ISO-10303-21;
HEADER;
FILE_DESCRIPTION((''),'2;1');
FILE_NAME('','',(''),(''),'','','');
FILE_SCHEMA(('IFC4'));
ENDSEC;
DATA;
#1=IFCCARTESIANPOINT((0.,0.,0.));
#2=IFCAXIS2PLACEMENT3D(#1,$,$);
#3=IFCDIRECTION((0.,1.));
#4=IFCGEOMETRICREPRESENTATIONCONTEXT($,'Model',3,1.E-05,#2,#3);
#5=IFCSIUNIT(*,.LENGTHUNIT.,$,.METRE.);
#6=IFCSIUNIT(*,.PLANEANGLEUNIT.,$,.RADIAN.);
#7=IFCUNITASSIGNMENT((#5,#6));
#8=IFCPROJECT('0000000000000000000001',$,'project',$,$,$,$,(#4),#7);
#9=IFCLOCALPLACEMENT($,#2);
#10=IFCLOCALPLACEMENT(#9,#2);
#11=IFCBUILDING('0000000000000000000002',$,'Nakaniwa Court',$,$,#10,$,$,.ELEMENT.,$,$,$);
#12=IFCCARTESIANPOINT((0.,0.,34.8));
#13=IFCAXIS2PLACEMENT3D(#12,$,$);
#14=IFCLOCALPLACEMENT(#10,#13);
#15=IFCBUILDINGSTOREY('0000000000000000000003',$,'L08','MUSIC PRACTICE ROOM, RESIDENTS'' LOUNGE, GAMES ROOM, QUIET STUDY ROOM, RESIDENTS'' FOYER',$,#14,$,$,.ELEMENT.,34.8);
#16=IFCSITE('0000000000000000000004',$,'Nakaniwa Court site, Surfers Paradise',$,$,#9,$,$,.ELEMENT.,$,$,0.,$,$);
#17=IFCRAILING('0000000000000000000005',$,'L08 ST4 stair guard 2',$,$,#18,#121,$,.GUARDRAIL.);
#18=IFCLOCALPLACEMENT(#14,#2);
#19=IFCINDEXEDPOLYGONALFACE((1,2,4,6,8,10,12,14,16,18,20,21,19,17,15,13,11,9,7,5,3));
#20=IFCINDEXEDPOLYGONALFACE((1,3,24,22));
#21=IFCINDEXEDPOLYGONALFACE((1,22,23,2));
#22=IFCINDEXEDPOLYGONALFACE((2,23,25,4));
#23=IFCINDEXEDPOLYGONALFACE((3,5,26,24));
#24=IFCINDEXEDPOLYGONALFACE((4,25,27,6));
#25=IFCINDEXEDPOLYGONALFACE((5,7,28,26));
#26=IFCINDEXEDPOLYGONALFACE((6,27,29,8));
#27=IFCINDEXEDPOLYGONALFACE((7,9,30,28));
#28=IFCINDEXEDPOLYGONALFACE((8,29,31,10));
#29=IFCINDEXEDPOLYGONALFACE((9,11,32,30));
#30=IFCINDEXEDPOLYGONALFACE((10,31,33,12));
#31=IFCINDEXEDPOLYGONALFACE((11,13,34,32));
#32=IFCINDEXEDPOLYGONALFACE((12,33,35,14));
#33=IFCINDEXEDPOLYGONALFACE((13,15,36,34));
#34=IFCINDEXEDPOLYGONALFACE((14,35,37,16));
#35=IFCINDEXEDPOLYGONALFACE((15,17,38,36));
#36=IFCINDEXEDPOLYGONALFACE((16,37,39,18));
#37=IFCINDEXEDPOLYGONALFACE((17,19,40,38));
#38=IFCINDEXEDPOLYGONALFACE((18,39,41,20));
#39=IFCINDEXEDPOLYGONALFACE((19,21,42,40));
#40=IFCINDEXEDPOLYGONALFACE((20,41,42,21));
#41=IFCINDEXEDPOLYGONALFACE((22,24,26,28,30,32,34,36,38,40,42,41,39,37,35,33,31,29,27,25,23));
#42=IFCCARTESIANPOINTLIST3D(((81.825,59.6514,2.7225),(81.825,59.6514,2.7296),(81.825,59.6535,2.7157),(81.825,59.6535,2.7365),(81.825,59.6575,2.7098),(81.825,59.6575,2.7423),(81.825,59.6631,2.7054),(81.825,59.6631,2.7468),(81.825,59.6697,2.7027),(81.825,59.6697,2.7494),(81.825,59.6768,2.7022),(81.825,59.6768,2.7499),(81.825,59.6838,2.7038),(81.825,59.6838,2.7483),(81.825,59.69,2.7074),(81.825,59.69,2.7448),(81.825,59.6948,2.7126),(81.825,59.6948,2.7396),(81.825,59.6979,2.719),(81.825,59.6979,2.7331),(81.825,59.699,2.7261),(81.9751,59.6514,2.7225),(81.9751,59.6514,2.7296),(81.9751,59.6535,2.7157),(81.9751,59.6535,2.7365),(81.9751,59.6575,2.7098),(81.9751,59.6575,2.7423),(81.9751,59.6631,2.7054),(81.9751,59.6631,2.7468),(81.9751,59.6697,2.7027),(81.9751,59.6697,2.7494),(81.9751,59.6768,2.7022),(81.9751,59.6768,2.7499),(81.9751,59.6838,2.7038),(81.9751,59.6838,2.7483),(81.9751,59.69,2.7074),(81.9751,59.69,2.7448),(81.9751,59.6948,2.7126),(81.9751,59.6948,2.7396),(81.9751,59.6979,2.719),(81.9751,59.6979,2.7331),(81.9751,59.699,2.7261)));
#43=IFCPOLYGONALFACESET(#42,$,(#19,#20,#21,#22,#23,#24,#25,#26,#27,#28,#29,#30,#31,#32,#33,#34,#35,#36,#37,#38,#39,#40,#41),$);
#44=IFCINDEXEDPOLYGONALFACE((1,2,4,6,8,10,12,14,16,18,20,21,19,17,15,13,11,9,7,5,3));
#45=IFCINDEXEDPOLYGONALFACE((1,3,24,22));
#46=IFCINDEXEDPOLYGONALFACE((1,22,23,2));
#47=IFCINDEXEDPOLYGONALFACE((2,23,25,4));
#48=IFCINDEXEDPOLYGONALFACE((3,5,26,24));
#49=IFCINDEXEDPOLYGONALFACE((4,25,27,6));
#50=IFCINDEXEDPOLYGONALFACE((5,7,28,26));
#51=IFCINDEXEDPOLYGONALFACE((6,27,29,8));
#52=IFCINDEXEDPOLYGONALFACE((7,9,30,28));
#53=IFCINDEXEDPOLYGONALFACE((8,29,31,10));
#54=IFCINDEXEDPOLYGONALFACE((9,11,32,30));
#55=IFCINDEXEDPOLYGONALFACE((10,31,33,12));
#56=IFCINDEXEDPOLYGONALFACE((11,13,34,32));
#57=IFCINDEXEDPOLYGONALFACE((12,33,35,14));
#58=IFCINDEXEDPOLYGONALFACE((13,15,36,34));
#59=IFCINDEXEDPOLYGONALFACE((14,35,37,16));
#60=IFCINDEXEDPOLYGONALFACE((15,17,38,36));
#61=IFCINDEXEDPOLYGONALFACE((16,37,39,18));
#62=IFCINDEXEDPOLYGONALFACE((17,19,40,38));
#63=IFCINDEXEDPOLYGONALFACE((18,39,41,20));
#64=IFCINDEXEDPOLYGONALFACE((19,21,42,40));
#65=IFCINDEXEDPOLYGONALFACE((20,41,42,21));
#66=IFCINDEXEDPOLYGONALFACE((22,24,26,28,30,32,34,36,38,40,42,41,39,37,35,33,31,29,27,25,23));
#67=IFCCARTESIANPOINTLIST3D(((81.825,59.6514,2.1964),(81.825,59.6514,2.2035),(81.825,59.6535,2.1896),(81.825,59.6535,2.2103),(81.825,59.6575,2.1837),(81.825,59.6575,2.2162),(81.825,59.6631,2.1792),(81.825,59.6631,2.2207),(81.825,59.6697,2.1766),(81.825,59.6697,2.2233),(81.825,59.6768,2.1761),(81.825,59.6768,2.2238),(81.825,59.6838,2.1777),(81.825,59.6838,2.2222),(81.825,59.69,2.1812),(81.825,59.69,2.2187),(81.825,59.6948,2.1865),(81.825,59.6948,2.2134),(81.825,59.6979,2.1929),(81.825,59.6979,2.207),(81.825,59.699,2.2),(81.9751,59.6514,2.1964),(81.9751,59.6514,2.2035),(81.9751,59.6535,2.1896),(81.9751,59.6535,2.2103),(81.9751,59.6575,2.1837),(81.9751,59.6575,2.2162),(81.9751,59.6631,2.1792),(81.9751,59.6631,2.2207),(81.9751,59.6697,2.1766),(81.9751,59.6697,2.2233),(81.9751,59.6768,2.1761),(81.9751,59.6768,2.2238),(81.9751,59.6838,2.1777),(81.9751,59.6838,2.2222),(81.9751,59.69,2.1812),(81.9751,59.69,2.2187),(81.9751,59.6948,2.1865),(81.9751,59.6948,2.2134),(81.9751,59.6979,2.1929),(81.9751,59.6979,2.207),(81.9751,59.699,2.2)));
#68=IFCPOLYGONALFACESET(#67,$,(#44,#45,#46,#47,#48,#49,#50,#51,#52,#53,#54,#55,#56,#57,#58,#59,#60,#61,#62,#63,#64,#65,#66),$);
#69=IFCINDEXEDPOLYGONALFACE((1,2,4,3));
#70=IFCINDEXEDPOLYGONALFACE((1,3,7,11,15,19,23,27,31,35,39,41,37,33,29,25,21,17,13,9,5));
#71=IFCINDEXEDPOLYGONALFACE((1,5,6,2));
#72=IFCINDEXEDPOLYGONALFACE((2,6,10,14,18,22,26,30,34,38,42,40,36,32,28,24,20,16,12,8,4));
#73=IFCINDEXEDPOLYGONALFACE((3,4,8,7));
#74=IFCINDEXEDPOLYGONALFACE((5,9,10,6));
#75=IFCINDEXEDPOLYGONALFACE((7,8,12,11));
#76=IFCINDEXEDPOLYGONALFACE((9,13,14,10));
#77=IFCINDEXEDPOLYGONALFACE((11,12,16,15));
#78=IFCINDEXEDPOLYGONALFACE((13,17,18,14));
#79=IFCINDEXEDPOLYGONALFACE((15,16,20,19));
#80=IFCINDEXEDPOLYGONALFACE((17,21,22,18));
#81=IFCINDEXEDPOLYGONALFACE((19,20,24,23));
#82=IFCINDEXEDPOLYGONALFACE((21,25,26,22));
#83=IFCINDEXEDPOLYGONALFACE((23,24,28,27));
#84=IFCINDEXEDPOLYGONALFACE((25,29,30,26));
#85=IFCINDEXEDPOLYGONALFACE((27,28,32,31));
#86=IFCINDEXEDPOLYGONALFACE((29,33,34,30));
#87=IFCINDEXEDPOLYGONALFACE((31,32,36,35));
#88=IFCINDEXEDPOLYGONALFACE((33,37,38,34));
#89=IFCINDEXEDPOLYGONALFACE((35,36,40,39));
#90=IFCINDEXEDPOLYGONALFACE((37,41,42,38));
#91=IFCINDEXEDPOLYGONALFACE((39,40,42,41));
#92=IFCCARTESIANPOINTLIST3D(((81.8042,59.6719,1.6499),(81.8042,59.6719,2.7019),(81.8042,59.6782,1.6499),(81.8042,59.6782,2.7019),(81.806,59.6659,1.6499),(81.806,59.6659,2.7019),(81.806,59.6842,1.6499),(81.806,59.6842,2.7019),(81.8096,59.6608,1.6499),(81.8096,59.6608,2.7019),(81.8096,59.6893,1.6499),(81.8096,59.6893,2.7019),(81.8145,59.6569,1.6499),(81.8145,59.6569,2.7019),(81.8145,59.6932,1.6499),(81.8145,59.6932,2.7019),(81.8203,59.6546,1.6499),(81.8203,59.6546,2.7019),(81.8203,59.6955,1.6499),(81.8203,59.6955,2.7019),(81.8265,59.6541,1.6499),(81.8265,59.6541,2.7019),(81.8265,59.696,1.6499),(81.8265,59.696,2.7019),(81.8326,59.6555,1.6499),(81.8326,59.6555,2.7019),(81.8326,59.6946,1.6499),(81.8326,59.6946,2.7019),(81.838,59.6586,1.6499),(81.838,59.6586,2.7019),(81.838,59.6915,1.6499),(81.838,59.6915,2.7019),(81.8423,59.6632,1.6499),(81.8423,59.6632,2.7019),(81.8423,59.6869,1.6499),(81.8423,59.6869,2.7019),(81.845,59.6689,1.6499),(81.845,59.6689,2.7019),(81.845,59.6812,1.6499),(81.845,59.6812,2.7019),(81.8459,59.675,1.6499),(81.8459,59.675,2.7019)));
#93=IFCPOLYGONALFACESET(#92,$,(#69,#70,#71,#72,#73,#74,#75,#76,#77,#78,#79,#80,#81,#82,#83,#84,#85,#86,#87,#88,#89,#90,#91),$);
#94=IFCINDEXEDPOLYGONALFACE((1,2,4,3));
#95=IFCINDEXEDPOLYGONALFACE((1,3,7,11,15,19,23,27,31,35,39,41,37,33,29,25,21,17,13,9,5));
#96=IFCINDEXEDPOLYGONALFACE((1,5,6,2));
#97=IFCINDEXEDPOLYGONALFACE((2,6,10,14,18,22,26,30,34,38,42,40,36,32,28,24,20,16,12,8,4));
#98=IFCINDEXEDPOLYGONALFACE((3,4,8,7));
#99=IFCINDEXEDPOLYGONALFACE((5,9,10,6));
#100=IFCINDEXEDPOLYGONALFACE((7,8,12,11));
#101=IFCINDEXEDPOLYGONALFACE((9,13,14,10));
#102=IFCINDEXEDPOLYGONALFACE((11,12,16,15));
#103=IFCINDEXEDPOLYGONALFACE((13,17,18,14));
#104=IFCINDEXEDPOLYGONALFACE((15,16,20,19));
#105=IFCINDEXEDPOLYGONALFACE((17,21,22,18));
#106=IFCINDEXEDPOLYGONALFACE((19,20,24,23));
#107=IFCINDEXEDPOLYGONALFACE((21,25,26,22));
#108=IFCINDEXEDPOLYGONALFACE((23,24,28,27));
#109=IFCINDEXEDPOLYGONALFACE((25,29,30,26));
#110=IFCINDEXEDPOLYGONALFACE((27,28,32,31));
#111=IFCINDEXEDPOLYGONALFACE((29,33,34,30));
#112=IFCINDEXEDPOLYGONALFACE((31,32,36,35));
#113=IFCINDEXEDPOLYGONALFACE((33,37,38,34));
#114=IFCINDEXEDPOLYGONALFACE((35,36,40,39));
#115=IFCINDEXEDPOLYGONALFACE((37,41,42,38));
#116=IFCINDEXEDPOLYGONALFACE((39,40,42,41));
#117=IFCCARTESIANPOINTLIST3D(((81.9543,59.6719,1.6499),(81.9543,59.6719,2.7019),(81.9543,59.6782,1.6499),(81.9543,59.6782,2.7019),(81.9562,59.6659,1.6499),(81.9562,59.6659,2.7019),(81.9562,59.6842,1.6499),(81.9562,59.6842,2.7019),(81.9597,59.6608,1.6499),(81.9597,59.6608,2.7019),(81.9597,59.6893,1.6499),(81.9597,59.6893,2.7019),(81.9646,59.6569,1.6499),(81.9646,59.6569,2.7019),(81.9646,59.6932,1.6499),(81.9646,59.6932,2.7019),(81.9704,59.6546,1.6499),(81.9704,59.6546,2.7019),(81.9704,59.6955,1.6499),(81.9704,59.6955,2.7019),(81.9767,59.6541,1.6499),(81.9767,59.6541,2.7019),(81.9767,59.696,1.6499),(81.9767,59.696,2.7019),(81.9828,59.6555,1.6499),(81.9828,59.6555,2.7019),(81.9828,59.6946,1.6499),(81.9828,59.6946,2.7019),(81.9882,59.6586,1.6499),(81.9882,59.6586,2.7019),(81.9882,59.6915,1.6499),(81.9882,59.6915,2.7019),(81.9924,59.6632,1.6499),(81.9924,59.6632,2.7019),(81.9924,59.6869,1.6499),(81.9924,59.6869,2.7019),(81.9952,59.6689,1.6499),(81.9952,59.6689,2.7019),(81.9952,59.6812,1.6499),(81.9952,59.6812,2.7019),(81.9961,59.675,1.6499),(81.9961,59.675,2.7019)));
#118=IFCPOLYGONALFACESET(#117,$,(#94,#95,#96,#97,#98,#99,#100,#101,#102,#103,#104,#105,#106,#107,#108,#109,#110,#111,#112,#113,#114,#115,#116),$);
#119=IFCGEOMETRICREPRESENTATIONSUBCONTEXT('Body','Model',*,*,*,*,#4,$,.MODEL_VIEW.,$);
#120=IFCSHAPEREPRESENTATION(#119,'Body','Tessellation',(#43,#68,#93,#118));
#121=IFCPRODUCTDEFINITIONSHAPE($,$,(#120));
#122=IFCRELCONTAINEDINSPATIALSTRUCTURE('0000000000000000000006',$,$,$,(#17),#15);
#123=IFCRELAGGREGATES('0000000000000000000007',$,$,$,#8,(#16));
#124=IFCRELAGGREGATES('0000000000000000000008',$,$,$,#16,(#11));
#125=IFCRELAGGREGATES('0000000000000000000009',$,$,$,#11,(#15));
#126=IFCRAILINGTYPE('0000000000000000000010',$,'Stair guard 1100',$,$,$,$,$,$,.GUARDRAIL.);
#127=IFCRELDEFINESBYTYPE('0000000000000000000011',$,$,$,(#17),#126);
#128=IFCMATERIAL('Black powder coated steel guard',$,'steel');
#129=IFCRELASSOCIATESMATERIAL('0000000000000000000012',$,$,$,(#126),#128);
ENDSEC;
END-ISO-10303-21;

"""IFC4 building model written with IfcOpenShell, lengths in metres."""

from ifc_helpers import new_model, si_unit, direction, frame, origin, origin_2d, place, context, subcontext, project, spatial, circle, extrude, material, type_object, element, save


model = new_model("IFC4")

# Units and contexts
model_context = context("Model", 3, precision=1e-05, world=origin(), true_north=direction((0.0, 1.0)))
body_context = subcontext(model_context, "Body", "Model", "MODEL_VIEW")
ifc_project = project(units=[si_unit("LENGTHUNIT", "METRE"), si_unit("PLANEANGLEUNIT", "RADIAN")], contexts=[model_context])

# Site, building, storey
site_placement = place(None, origin())
site = spatial("IfcSite", under=ifc_project, at=site_placement, Name="Nakaniwa Court site, Surfers Paradise", CompositionType="ELEMENT", RefElevation=0.0)
building_placement = place(site_placement, origin())
building = spatial("IfcBuilding", under=site, at=building_placement, Name="Nakaniwa Court", CompositionType="ELEMENT")
storey_placement = place(building_placement, frame((0.0, 0.0, 34.8)))
storey = spatial("IfcBuildingStorey", under=building, at=storey_placement, Name="L08", Description="MUSIC PRACTICE ROOM, RESIDENTS' LOUNGE, GAMES ROOM, QUIET STUDY ROOM, RESIDENTS' FOYER", CompositionType="ELEMENT", Elevation=34.8)

# Railing
ifc_material_1 = material(Name="Black powder coated steel guard", Category="steel")
railing_type_1 = type_object("IfcRailingType", Name="Stair guard 1100", PredefinedType="GUARDRAIL", material=ifc_material_1)
railing_1_placement = place(storey_placement, frame((81.825, 59.675, 1.6499)))
element("IfcRailing", 1, at=railing_1_placement, inside=storey, type_object=railing_type_1, Name="L08 ST4 stair guard 2", PredefinedType="GUARDRAIL", context=body_context, shape_type="SweptSolid", body=[
    extrude(circle(Radius=0.0239, at=origin_2d()), frame((0.0, 0.0, 1.0762), z_axis=(1.0, 0.0, 0.0), x_axis=(0.0, 1.0, 0.0)), (0.0, 0.0, 1.0), 0.1501),
    extrude(circle(Radius=0.0239, at=origin_2d()), frame((0.0, 0.0, 0.55), z_axis=(1.0, 0.0, 0.0), x_axis=(0.0, 1.0, 0.0)), (0.0, 0.0, 1.0), 0.1501),
    extrude(circle(Radius=0.021, at=origin_2d()), origin(), (0.0, 0.0, 1.0), 1.052),
    extrude(circle(Radius=0.021, at=origin_2d()), frame((0.1501, 0.0, 0.0)), (0.0, 0.0, 1.0), 1.052),
])

save(model, "model.ifc")
